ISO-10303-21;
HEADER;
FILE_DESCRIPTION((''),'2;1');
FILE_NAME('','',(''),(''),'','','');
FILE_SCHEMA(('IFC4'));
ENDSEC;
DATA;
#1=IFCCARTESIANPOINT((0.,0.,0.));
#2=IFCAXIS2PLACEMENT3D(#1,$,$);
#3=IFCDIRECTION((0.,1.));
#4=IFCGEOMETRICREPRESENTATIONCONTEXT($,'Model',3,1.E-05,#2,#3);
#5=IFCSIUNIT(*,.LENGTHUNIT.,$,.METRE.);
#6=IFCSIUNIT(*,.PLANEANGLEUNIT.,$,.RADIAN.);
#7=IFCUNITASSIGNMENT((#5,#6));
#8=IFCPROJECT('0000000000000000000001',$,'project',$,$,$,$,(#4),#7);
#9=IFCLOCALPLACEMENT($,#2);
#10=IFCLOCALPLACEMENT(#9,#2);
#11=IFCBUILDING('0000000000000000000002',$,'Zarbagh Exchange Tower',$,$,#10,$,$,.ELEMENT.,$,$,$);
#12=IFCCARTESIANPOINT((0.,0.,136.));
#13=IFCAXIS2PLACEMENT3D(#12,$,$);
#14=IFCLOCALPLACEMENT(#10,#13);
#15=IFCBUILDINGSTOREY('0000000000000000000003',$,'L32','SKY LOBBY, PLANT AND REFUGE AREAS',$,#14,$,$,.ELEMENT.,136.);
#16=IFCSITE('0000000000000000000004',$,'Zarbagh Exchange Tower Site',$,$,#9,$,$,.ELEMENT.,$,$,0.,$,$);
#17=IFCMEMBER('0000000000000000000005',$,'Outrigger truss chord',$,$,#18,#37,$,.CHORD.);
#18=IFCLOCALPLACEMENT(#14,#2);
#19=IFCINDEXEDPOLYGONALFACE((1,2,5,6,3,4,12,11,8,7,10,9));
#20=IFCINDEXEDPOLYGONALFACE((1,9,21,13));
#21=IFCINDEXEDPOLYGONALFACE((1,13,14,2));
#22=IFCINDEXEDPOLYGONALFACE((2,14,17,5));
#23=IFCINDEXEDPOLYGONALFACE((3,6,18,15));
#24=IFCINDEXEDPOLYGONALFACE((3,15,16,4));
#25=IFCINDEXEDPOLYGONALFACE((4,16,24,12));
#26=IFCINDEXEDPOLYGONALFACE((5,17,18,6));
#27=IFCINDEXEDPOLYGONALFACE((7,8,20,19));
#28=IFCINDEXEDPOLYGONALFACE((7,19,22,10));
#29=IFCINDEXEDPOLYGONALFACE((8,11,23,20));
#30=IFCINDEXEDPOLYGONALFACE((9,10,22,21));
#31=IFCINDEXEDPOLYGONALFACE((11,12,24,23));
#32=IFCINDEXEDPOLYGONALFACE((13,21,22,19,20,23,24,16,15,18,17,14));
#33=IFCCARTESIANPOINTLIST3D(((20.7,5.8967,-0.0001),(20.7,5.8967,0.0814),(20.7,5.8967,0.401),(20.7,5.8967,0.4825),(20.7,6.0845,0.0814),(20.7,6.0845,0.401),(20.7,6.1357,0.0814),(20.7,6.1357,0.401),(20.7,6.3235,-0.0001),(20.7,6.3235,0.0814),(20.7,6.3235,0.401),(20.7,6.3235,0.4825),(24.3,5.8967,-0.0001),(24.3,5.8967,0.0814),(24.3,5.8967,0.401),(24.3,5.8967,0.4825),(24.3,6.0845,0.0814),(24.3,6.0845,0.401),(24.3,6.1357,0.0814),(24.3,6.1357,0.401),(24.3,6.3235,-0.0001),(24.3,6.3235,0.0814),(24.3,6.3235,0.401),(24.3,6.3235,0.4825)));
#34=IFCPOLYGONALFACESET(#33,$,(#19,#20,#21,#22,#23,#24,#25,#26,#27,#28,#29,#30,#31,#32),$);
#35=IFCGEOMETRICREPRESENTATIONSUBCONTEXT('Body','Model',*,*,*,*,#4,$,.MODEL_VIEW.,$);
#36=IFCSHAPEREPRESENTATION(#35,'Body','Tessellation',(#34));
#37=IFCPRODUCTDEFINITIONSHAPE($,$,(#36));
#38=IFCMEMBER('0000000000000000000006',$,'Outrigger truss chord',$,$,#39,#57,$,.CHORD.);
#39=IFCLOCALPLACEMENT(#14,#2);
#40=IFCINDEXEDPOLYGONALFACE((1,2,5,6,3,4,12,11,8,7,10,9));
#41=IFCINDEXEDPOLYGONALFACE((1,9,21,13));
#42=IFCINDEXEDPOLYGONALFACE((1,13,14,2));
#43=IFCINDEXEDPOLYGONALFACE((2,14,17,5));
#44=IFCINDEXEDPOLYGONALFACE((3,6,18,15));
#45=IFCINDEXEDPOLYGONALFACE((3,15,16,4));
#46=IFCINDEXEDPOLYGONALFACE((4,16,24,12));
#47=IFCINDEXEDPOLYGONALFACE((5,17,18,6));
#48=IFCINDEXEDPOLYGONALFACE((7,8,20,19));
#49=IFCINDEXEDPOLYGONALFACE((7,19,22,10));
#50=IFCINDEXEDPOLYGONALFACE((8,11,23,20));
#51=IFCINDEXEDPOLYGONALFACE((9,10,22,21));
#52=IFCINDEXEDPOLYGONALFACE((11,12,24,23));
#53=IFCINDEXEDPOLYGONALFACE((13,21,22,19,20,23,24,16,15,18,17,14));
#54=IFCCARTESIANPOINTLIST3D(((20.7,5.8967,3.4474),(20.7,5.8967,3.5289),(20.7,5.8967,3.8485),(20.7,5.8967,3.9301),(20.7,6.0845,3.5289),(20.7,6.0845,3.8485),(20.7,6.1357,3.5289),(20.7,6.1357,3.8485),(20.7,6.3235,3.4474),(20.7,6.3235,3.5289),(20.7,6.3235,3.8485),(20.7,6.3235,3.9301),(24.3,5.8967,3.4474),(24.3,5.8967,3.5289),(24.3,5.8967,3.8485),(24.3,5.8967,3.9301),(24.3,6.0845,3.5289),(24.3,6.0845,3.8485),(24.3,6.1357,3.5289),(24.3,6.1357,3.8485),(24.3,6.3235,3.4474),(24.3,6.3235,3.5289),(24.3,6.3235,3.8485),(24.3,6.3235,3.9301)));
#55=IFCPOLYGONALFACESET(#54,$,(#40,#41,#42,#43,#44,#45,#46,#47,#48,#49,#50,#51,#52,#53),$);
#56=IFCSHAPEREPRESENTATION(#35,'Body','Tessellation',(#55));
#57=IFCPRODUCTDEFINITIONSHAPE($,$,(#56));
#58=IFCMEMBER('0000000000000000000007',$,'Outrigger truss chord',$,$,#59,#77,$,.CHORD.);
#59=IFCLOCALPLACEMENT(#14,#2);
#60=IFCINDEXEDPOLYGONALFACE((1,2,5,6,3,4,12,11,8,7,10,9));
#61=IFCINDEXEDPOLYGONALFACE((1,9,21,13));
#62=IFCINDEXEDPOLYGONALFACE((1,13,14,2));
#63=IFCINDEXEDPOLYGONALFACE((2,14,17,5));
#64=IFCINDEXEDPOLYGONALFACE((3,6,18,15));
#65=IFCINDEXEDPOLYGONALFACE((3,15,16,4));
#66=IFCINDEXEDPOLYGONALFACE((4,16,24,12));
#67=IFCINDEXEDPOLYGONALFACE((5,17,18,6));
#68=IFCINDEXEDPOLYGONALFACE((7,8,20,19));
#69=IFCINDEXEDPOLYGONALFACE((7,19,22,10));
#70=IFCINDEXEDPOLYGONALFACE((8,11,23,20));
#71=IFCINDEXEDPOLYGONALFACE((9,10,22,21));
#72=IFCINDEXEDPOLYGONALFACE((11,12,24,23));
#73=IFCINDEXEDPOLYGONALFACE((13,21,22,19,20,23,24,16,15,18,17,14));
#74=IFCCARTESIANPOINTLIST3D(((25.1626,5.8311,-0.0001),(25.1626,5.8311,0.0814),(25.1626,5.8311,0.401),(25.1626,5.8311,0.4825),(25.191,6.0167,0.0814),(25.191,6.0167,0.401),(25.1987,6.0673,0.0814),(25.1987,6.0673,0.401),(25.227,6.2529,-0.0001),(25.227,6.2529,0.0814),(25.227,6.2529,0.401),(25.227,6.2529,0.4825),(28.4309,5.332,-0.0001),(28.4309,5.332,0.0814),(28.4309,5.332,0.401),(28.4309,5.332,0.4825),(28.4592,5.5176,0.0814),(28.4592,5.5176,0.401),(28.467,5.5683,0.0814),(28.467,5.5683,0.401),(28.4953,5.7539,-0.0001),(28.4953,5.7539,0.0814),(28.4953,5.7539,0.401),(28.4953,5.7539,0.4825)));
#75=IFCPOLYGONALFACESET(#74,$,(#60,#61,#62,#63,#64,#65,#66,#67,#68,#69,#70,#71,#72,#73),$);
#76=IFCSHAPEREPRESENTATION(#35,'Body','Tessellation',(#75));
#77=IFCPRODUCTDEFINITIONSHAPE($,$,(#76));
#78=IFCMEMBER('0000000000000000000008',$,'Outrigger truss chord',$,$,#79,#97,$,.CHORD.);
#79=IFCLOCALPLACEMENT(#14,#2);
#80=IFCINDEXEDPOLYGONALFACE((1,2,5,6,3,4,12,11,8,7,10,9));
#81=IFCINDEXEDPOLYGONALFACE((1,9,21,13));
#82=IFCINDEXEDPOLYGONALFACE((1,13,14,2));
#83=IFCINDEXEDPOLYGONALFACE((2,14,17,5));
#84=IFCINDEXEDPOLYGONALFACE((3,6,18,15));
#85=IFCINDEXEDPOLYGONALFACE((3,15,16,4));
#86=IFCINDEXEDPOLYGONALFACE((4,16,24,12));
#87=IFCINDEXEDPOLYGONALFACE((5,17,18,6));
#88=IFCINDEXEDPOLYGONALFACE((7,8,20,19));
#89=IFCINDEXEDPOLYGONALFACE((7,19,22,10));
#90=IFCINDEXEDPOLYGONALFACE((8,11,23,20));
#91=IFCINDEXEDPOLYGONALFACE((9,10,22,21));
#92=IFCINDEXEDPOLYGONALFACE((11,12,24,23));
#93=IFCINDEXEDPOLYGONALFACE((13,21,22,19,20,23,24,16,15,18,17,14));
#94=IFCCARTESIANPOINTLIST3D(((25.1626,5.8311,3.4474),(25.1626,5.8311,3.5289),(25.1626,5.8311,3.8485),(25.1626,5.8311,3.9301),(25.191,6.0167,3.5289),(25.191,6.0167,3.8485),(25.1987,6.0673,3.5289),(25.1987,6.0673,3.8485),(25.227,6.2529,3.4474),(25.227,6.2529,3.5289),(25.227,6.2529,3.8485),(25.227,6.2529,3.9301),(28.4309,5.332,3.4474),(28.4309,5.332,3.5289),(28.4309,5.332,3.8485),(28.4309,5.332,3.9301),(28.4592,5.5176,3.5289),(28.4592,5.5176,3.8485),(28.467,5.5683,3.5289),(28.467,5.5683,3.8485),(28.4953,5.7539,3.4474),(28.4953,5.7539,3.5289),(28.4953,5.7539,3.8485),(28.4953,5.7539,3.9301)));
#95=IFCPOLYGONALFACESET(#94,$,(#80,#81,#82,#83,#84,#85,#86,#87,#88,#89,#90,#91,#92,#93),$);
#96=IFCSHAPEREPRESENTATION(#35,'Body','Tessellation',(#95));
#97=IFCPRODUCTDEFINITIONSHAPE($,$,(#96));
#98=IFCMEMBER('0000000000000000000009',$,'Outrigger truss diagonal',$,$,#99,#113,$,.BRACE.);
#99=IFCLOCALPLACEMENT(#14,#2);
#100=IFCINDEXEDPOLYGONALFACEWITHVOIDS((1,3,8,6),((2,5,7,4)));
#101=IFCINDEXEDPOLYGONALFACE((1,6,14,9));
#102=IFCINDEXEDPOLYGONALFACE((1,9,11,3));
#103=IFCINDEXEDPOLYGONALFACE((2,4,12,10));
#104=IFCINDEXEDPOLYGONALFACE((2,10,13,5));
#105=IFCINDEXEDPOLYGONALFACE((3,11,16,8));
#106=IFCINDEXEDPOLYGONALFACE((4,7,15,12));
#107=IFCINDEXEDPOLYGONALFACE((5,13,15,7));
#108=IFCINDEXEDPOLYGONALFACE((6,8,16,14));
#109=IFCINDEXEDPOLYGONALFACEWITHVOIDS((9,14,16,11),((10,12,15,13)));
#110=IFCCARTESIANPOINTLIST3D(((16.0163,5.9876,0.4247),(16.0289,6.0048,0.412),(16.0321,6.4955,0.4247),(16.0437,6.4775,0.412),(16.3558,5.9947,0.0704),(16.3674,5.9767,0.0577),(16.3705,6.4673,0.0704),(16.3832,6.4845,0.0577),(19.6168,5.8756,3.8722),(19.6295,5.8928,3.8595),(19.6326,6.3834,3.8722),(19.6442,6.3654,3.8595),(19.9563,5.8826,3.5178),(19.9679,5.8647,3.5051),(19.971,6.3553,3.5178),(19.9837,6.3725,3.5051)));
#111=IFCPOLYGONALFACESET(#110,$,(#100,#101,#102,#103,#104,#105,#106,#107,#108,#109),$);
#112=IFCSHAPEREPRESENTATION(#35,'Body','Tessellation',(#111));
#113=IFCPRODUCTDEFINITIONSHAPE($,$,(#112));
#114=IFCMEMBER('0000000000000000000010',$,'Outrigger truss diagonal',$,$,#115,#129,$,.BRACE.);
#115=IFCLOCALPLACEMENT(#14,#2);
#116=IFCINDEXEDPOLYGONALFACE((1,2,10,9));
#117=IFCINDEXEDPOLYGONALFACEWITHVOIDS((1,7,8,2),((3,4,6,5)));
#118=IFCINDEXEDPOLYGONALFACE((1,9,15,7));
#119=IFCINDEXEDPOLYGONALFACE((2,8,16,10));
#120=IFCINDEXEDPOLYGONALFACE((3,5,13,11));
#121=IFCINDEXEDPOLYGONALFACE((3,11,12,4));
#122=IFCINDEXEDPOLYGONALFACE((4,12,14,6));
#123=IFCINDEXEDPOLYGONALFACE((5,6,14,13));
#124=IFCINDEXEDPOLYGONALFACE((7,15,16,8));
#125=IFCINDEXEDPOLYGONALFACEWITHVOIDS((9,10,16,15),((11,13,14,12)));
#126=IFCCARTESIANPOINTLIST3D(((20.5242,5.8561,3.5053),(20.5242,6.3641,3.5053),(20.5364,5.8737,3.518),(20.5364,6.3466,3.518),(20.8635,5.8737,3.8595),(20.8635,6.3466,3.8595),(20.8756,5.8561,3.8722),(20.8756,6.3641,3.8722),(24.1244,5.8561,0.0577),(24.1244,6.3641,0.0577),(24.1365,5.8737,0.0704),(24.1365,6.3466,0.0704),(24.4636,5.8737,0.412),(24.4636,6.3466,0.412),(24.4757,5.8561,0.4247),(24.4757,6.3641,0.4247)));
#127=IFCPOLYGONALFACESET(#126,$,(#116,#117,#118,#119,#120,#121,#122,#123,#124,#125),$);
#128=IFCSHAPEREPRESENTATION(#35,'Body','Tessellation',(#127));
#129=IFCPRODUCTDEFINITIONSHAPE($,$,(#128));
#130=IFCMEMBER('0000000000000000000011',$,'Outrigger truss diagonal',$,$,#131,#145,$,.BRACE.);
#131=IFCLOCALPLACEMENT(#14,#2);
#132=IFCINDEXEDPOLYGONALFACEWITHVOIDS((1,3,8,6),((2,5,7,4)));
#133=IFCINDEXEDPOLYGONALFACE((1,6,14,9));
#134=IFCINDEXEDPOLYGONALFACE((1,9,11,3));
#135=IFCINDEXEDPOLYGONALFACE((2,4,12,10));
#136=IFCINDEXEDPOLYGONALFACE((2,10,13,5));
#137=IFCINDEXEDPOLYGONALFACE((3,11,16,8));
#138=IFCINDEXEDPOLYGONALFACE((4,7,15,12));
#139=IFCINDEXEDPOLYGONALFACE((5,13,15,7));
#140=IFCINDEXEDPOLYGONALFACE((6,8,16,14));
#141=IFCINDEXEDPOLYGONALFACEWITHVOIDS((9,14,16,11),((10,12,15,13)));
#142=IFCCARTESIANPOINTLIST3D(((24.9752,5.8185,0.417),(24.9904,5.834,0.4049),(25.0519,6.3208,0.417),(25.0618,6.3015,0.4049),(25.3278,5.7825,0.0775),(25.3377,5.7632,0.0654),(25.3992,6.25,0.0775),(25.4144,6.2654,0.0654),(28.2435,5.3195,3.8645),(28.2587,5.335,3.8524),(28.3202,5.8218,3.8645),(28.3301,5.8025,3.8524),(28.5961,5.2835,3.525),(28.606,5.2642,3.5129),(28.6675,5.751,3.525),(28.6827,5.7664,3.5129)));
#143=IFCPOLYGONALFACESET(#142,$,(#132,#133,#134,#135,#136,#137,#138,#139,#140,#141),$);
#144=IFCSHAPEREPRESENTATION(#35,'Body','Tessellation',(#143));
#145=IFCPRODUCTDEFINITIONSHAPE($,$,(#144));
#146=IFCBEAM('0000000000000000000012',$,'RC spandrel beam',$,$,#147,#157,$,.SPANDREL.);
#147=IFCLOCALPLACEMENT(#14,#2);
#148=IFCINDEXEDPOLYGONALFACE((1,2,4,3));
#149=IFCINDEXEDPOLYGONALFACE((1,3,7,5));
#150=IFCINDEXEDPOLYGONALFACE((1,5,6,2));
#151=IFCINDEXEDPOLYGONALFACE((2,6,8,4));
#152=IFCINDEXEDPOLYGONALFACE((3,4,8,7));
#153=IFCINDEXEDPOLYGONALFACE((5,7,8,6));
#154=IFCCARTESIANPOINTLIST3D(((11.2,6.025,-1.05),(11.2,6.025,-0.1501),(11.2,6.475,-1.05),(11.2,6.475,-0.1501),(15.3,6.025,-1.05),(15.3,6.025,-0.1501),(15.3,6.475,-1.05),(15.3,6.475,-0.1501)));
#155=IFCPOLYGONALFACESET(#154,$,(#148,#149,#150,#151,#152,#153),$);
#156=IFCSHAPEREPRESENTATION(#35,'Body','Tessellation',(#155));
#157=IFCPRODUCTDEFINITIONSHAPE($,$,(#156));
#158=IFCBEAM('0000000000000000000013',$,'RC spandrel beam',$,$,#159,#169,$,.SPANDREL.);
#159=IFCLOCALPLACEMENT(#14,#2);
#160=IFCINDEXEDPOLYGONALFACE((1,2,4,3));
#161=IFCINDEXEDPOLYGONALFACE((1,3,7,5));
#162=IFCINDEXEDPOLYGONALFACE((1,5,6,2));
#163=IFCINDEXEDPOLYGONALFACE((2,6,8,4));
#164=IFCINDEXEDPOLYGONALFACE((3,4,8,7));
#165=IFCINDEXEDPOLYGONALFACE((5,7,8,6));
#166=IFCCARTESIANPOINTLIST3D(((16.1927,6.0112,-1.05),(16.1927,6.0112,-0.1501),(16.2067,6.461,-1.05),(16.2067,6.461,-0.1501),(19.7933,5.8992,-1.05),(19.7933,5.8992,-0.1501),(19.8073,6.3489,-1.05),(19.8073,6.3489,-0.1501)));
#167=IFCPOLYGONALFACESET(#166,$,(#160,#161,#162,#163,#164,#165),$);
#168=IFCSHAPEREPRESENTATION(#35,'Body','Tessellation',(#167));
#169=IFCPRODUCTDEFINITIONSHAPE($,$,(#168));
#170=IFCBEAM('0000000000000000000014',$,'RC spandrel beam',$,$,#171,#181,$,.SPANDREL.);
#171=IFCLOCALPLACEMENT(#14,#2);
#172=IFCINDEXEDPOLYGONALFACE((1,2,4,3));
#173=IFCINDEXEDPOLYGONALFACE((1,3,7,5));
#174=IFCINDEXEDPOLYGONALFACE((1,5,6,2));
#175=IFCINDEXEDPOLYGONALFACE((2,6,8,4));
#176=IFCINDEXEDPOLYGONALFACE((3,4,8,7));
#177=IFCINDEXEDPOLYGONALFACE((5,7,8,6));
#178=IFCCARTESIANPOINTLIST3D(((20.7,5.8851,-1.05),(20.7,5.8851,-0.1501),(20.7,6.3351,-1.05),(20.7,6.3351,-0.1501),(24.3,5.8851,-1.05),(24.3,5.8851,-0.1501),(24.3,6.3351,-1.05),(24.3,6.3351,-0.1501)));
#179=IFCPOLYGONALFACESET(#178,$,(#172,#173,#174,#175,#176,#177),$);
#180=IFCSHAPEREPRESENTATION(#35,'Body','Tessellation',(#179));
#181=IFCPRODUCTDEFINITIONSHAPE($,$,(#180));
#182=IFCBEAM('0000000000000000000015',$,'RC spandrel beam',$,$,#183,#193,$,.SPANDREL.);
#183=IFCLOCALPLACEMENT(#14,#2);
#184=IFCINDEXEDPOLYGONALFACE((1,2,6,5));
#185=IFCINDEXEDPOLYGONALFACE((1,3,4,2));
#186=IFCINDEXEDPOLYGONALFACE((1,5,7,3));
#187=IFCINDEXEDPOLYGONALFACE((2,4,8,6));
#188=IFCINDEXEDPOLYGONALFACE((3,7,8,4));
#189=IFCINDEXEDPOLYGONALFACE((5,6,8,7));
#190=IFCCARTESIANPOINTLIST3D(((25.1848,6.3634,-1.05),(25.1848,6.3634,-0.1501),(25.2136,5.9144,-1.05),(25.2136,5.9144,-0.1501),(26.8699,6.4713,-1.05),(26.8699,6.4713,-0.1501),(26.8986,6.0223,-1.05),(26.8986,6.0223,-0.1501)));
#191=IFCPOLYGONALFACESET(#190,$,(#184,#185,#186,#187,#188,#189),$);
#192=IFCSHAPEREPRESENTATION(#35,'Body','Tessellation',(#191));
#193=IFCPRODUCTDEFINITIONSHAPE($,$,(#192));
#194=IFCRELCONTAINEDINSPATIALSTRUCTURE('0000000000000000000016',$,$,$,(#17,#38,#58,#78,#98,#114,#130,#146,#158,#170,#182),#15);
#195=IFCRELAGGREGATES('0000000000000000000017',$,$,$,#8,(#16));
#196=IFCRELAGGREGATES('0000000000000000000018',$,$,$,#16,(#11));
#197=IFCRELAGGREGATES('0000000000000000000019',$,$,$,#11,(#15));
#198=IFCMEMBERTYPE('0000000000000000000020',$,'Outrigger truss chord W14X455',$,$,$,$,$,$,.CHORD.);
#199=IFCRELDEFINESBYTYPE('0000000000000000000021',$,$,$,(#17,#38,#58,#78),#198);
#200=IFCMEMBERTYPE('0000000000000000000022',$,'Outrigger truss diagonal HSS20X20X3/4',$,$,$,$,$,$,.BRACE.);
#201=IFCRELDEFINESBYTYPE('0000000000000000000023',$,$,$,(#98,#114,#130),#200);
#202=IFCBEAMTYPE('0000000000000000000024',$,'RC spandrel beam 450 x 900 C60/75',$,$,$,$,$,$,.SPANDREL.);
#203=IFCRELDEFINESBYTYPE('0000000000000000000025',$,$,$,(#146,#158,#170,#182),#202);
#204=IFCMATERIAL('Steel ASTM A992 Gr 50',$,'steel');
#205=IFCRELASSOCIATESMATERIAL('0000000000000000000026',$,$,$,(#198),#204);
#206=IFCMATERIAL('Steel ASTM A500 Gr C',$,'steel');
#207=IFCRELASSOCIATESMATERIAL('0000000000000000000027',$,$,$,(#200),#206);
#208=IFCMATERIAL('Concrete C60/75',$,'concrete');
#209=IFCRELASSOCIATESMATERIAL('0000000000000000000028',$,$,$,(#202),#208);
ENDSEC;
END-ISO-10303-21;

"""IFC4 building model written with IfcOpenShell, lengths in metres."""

from ifc_helpers import new_model, si_unit, direction, frame, origin, origin_2d, place, context, subcontext, project, spatial, rectangle, hollow_rectangle, i_section, extrude, material, material_profile, profile_set, type_object, element, save


model = new_model("IFC4")

# Units and contexts
model_context = context("Model", 3, precision=1e-05, world=origin(), true_north=direction((0.0, 1.0)))
body_context = subcontext(model_context, "Body", "Model", "MODEL_VIEW")
ifc_project = project(units=[si_unit("LENGTHUNIT", "METRE"), si_unit("PLANEANGLEUNIT", "RADIAN")], contexts=[model_context])

# Site, building, storey
site_placement = place(None, origin())
site = spatial("IfcSite", under=ifc_project, at=site_placement, Name="Zarbagh Exchange Tower Site", CompositionType="ELEMENT", RefElevation=0.0)
building_placement = place(site_placement, origin())
building = spatial("IfcBuilding", under=site, at=building_placement, Name="Zarbagh Exchange Tower", CompositionType="ELEMENT")
storey_placement = place(building_placement, frame((0.0, 0.0, 136.0)))
storey = spatial("IfcBuildingStorey", under=building, at=storey_placement, Name="L32", Description="SKY LOBBY, PLANT AND REFUGE AREAS", CompositionType="ELEMENT", Elevation=136.0)

# Shared definitions
ifc_material_1 = material(Name="Concrete C60/75", Category="concrete")

# Shared definitions
ifc_material_2 = material(Name="Steel ASTM A992 Gr 50", Category="steel")
ifc_material_3 = material(Name="Steel ASTM A500 Gr C", Category="steel")

# Members
ifc_material_profile_1 = material_profile(ifc_material_2, i_section(OverallWidth=0.4268, OverallDepth=0.4827, WebThickness=0.0513, FlangeThickness=0.0815, at=origin_2d()), Name="W14X455")
ifc_profile_set_1 = profile_set([ifc_material_profile_1], Name="Steel ASTM A992 Gr 50")
member_type_1 = type_object("IfcMemberType", Name="Outrigger truss chord W14X455", PredefinedType="CHORD", material=ifc_profile_set_1)
for number, where, z_axis, x_axis, name in (
    (1, (20.7, 6.1101, 0.2412), (1.0, 0.0, 0.0), (0.0, 1.0, 0.0), "Outrigger truss chord"),
    (2, (20.7, 6.1101, 3.6887), (1.0, 0.0, 0.0), (0.0, 1.0, 0.0), "Outrigger truss chord"),
):
    element("IfcMember", number, at=place(storey_placement, frame(where, z_axis=z_axis, x_axis=x_axis)), inside=storey, type_object=member_type_1, Name=name, PredefinedType="CHORD", context=body_context, shape_type="SweptSolid", body=[
        extrude(i_section(OverallWidth=0.4268, OverallDepth=0.4827, WebThickness=0.0513, FlangeThickness=0.0815, at=origin_2d()), origin(), (0.0, 0.0, 1.0), 3.6001),
    ])
for number, where, z_axis, x_axis, name in (
    (3, (25.1948, 6.042, 0.2412), (0.988544, -0.150936, 0.0), (0.150936, 0.988544, 0.0), "Outrigger truss chord"),
    (4, (25.1948, 6.042, 3.6887), (0.988544, -0.150936, 0.0), (0.150936, 0.988544, 0.0), "Outrigger truss chord"),
):
    element("IfcMember", number, at=place(storey_placement, frame(where, z_axis=z_axis, x_axis=x_axis)), inside=storey, type_object=member_type_1, Name=name, PredefinedType="CHORD", context=body_context, shape_type="SweptSolid", body=[
        extrude(i_section(OverallWidth=0.4268, OverallDepth=0.4827, WebThickness=0.0513, FlangeThickness=0.0815, at=origin_2d()), origin(), (0.0, 0.0, 1.0), 3.3062),
    ])
ifc_material_profile_2 = material_profile(ifc_material_3, hollow_rectangle(XDim=0.5081, YDim=0.5081, WallThickness=0.0176, at=origin_2d()), Name="HSS20X20X3/4")
ifc_profile_set_2 = profile_set([ifc_material_profile_2], Name="Steel ASTM A500 Gr C")
member_type_2 = type_object("IfcMemberType", Name="Outrigger truss diagonal HSS20X20X3/4", PredefinedType="BRACE", material=ifc_profile_set_2)
member_1_placement = place(storey_placement, frame((16.1997, 6.2361, 0.2412), z_axis=(0.722112, -0.022474, 0.691411), x_axis=(0.031108, 0.999516, 0.0)))
element("IfcMember", 5, at=member_1_placement, inside=storey, type_object=member_type_2, Name="Outrigger truss diagonal", PredefinedType="BRACE", context=body_context, shape_type="SweptSolid", body=[
    extrude(hollow_rectangle(XDim=0.5081, YDim=0.5081, WallThickness=0.0176, at=origin_2d()), origin(), (0.0, 0.0, 1.0), 4.9861),
])
member_2_placement = place(storey_placement, frame((24.3, 6.1101, 0.2412), z_axis=(-0.722247, 0.0, 0.691635), x_axis=(0.0, -1.0, 0.0)))
element("IfcMember", 6, at=member_2_placement, inside=storey, type_object=member_type_2, Name="Outrigger truss diagonal", PredefinedType="BRACE", context=body_context, shape_type="SweptSolid", body=[
    extrude(hollow_rectangle(XDim=0.5081, YDim=0.5081, WallThickness=0.0176, at=origin_2d()), origin(), (0.0, 0.0, 1.0), 4.9846),
])
member_3_placement = place(storey_placement, frame((25.1948, 6.042, 0.2412), z_axis=(0.684229, -0.104472, 0.721745), x_axis=(0.150936, 0.988544, 0.0)))
element("IfcMember", 7, at=member_3_placement, inside=storey, type_object=member_type_2, Name="Outrigger truss diagonal", PredefinedType="BRACE", context=body_context, shape_type="SweptSolid", body=[
    extrude(hollow_rectangle(XDim=0.5081, YDim=0.5081, WallThickness=0.0176, at=origin_2d()), origin(), (0.0, 0.0, 1.0), 4.7766),
])

# Beams
ifc_material_profile_3 = material_profile(ifc_material_1, rectangle(XDim=0.45, YDim=0.8999, at=origin_2d()), Name="RC spandrel beam 450 x 900 C60/75")
ifc_profile_set_3 = profile_set([ifc_material_profile_3], Name="Concrete C60/75")
beam_type_1 = type_object("IfcBeamType", Name="RC spandrel beam 450 x 900 C60/75", PredefinedType="SPANDREL", material=ifc_profile_set_3)
beam_1_placement = place(storey_placement, frame((11.2, 6.25, -0.6001), z_axis=(1.0, 0.0, 0.0), x_axis=(0.0, 1.0, 0.0)))
element("IfcBeam", 8, at=beam_1_placement, inside=storey, type_object=beam_type_1, Name="RC spandrel beam", PredefinedType="SPANDREL", context=body_context, shape_type="SweptSolid", body=[
    extrude(rectangle(XDim=0.45, YDim=0.8999, at=origin_2d()), origin(), (0.0, 0.0, 1.0), 4.1001),
])
beam_2_placement = place(storey_placement, frame((16.1997, 6.2361, -0.6001), z_axis=(0.999516, -0.031108, 0.0), x_axis=(0.031108, 0.999516, 0.0)))
element("IfcBeam", 9, at=beam_2_placement, inside=storey, type_object=beam_type_1, Name="RC spandrel beam", PredefinedType="SPANDREL", context=body_context, shape_type="SweptSolid", body=[
    extrude(rectangle(XDim=0.45, YDim=0.8999, at=origin_2d()), origin(), (0.0, 0.0, 1.0), 3.6023),
])
beam_3_placement = place(storey_placement, frame((20.7, 6.1101, -0.6001), z_axis=(1.0, 0.0, 0.0), x_axis=(0.0, 1.0, 0.0)))
element("IfcBeam", 10, at=beam_3_placement, inside=storey, type_object=beam_type_1, Name="RC spandrel beam", PredefinedType="SPANDREL", context=body_context, shape_type="SweptSolid", body=[
    extrude(rectangle(XDim=0.45, YDim=0.8999, at=origin_2d()), origin(), (0.0, 0.0, 1.0), 3.6001),
])
beam_4_placement = place(storey_placement, frame((25.1992, 6.1389, -0.6001), z_axis=(0.997956, 0.063908, 0.0), x_axis=(-0.063908, 0.997956, 0.0)))
element("IfcBeam", 11, at=beam_4_placement, inside=storey, type_object=beam_type_1, Name="RC spandrel beam", PredefinedType="SPANDREL", context=body_context, shape_type="SweptSolid", body=[
    extrude(rectangle(XDim=0.45, YDim=0.8999, at=origin_2d()), origin(), (0.0, 0.0, 1.0), 1.6885),
])

save(model, "model.ifc")
